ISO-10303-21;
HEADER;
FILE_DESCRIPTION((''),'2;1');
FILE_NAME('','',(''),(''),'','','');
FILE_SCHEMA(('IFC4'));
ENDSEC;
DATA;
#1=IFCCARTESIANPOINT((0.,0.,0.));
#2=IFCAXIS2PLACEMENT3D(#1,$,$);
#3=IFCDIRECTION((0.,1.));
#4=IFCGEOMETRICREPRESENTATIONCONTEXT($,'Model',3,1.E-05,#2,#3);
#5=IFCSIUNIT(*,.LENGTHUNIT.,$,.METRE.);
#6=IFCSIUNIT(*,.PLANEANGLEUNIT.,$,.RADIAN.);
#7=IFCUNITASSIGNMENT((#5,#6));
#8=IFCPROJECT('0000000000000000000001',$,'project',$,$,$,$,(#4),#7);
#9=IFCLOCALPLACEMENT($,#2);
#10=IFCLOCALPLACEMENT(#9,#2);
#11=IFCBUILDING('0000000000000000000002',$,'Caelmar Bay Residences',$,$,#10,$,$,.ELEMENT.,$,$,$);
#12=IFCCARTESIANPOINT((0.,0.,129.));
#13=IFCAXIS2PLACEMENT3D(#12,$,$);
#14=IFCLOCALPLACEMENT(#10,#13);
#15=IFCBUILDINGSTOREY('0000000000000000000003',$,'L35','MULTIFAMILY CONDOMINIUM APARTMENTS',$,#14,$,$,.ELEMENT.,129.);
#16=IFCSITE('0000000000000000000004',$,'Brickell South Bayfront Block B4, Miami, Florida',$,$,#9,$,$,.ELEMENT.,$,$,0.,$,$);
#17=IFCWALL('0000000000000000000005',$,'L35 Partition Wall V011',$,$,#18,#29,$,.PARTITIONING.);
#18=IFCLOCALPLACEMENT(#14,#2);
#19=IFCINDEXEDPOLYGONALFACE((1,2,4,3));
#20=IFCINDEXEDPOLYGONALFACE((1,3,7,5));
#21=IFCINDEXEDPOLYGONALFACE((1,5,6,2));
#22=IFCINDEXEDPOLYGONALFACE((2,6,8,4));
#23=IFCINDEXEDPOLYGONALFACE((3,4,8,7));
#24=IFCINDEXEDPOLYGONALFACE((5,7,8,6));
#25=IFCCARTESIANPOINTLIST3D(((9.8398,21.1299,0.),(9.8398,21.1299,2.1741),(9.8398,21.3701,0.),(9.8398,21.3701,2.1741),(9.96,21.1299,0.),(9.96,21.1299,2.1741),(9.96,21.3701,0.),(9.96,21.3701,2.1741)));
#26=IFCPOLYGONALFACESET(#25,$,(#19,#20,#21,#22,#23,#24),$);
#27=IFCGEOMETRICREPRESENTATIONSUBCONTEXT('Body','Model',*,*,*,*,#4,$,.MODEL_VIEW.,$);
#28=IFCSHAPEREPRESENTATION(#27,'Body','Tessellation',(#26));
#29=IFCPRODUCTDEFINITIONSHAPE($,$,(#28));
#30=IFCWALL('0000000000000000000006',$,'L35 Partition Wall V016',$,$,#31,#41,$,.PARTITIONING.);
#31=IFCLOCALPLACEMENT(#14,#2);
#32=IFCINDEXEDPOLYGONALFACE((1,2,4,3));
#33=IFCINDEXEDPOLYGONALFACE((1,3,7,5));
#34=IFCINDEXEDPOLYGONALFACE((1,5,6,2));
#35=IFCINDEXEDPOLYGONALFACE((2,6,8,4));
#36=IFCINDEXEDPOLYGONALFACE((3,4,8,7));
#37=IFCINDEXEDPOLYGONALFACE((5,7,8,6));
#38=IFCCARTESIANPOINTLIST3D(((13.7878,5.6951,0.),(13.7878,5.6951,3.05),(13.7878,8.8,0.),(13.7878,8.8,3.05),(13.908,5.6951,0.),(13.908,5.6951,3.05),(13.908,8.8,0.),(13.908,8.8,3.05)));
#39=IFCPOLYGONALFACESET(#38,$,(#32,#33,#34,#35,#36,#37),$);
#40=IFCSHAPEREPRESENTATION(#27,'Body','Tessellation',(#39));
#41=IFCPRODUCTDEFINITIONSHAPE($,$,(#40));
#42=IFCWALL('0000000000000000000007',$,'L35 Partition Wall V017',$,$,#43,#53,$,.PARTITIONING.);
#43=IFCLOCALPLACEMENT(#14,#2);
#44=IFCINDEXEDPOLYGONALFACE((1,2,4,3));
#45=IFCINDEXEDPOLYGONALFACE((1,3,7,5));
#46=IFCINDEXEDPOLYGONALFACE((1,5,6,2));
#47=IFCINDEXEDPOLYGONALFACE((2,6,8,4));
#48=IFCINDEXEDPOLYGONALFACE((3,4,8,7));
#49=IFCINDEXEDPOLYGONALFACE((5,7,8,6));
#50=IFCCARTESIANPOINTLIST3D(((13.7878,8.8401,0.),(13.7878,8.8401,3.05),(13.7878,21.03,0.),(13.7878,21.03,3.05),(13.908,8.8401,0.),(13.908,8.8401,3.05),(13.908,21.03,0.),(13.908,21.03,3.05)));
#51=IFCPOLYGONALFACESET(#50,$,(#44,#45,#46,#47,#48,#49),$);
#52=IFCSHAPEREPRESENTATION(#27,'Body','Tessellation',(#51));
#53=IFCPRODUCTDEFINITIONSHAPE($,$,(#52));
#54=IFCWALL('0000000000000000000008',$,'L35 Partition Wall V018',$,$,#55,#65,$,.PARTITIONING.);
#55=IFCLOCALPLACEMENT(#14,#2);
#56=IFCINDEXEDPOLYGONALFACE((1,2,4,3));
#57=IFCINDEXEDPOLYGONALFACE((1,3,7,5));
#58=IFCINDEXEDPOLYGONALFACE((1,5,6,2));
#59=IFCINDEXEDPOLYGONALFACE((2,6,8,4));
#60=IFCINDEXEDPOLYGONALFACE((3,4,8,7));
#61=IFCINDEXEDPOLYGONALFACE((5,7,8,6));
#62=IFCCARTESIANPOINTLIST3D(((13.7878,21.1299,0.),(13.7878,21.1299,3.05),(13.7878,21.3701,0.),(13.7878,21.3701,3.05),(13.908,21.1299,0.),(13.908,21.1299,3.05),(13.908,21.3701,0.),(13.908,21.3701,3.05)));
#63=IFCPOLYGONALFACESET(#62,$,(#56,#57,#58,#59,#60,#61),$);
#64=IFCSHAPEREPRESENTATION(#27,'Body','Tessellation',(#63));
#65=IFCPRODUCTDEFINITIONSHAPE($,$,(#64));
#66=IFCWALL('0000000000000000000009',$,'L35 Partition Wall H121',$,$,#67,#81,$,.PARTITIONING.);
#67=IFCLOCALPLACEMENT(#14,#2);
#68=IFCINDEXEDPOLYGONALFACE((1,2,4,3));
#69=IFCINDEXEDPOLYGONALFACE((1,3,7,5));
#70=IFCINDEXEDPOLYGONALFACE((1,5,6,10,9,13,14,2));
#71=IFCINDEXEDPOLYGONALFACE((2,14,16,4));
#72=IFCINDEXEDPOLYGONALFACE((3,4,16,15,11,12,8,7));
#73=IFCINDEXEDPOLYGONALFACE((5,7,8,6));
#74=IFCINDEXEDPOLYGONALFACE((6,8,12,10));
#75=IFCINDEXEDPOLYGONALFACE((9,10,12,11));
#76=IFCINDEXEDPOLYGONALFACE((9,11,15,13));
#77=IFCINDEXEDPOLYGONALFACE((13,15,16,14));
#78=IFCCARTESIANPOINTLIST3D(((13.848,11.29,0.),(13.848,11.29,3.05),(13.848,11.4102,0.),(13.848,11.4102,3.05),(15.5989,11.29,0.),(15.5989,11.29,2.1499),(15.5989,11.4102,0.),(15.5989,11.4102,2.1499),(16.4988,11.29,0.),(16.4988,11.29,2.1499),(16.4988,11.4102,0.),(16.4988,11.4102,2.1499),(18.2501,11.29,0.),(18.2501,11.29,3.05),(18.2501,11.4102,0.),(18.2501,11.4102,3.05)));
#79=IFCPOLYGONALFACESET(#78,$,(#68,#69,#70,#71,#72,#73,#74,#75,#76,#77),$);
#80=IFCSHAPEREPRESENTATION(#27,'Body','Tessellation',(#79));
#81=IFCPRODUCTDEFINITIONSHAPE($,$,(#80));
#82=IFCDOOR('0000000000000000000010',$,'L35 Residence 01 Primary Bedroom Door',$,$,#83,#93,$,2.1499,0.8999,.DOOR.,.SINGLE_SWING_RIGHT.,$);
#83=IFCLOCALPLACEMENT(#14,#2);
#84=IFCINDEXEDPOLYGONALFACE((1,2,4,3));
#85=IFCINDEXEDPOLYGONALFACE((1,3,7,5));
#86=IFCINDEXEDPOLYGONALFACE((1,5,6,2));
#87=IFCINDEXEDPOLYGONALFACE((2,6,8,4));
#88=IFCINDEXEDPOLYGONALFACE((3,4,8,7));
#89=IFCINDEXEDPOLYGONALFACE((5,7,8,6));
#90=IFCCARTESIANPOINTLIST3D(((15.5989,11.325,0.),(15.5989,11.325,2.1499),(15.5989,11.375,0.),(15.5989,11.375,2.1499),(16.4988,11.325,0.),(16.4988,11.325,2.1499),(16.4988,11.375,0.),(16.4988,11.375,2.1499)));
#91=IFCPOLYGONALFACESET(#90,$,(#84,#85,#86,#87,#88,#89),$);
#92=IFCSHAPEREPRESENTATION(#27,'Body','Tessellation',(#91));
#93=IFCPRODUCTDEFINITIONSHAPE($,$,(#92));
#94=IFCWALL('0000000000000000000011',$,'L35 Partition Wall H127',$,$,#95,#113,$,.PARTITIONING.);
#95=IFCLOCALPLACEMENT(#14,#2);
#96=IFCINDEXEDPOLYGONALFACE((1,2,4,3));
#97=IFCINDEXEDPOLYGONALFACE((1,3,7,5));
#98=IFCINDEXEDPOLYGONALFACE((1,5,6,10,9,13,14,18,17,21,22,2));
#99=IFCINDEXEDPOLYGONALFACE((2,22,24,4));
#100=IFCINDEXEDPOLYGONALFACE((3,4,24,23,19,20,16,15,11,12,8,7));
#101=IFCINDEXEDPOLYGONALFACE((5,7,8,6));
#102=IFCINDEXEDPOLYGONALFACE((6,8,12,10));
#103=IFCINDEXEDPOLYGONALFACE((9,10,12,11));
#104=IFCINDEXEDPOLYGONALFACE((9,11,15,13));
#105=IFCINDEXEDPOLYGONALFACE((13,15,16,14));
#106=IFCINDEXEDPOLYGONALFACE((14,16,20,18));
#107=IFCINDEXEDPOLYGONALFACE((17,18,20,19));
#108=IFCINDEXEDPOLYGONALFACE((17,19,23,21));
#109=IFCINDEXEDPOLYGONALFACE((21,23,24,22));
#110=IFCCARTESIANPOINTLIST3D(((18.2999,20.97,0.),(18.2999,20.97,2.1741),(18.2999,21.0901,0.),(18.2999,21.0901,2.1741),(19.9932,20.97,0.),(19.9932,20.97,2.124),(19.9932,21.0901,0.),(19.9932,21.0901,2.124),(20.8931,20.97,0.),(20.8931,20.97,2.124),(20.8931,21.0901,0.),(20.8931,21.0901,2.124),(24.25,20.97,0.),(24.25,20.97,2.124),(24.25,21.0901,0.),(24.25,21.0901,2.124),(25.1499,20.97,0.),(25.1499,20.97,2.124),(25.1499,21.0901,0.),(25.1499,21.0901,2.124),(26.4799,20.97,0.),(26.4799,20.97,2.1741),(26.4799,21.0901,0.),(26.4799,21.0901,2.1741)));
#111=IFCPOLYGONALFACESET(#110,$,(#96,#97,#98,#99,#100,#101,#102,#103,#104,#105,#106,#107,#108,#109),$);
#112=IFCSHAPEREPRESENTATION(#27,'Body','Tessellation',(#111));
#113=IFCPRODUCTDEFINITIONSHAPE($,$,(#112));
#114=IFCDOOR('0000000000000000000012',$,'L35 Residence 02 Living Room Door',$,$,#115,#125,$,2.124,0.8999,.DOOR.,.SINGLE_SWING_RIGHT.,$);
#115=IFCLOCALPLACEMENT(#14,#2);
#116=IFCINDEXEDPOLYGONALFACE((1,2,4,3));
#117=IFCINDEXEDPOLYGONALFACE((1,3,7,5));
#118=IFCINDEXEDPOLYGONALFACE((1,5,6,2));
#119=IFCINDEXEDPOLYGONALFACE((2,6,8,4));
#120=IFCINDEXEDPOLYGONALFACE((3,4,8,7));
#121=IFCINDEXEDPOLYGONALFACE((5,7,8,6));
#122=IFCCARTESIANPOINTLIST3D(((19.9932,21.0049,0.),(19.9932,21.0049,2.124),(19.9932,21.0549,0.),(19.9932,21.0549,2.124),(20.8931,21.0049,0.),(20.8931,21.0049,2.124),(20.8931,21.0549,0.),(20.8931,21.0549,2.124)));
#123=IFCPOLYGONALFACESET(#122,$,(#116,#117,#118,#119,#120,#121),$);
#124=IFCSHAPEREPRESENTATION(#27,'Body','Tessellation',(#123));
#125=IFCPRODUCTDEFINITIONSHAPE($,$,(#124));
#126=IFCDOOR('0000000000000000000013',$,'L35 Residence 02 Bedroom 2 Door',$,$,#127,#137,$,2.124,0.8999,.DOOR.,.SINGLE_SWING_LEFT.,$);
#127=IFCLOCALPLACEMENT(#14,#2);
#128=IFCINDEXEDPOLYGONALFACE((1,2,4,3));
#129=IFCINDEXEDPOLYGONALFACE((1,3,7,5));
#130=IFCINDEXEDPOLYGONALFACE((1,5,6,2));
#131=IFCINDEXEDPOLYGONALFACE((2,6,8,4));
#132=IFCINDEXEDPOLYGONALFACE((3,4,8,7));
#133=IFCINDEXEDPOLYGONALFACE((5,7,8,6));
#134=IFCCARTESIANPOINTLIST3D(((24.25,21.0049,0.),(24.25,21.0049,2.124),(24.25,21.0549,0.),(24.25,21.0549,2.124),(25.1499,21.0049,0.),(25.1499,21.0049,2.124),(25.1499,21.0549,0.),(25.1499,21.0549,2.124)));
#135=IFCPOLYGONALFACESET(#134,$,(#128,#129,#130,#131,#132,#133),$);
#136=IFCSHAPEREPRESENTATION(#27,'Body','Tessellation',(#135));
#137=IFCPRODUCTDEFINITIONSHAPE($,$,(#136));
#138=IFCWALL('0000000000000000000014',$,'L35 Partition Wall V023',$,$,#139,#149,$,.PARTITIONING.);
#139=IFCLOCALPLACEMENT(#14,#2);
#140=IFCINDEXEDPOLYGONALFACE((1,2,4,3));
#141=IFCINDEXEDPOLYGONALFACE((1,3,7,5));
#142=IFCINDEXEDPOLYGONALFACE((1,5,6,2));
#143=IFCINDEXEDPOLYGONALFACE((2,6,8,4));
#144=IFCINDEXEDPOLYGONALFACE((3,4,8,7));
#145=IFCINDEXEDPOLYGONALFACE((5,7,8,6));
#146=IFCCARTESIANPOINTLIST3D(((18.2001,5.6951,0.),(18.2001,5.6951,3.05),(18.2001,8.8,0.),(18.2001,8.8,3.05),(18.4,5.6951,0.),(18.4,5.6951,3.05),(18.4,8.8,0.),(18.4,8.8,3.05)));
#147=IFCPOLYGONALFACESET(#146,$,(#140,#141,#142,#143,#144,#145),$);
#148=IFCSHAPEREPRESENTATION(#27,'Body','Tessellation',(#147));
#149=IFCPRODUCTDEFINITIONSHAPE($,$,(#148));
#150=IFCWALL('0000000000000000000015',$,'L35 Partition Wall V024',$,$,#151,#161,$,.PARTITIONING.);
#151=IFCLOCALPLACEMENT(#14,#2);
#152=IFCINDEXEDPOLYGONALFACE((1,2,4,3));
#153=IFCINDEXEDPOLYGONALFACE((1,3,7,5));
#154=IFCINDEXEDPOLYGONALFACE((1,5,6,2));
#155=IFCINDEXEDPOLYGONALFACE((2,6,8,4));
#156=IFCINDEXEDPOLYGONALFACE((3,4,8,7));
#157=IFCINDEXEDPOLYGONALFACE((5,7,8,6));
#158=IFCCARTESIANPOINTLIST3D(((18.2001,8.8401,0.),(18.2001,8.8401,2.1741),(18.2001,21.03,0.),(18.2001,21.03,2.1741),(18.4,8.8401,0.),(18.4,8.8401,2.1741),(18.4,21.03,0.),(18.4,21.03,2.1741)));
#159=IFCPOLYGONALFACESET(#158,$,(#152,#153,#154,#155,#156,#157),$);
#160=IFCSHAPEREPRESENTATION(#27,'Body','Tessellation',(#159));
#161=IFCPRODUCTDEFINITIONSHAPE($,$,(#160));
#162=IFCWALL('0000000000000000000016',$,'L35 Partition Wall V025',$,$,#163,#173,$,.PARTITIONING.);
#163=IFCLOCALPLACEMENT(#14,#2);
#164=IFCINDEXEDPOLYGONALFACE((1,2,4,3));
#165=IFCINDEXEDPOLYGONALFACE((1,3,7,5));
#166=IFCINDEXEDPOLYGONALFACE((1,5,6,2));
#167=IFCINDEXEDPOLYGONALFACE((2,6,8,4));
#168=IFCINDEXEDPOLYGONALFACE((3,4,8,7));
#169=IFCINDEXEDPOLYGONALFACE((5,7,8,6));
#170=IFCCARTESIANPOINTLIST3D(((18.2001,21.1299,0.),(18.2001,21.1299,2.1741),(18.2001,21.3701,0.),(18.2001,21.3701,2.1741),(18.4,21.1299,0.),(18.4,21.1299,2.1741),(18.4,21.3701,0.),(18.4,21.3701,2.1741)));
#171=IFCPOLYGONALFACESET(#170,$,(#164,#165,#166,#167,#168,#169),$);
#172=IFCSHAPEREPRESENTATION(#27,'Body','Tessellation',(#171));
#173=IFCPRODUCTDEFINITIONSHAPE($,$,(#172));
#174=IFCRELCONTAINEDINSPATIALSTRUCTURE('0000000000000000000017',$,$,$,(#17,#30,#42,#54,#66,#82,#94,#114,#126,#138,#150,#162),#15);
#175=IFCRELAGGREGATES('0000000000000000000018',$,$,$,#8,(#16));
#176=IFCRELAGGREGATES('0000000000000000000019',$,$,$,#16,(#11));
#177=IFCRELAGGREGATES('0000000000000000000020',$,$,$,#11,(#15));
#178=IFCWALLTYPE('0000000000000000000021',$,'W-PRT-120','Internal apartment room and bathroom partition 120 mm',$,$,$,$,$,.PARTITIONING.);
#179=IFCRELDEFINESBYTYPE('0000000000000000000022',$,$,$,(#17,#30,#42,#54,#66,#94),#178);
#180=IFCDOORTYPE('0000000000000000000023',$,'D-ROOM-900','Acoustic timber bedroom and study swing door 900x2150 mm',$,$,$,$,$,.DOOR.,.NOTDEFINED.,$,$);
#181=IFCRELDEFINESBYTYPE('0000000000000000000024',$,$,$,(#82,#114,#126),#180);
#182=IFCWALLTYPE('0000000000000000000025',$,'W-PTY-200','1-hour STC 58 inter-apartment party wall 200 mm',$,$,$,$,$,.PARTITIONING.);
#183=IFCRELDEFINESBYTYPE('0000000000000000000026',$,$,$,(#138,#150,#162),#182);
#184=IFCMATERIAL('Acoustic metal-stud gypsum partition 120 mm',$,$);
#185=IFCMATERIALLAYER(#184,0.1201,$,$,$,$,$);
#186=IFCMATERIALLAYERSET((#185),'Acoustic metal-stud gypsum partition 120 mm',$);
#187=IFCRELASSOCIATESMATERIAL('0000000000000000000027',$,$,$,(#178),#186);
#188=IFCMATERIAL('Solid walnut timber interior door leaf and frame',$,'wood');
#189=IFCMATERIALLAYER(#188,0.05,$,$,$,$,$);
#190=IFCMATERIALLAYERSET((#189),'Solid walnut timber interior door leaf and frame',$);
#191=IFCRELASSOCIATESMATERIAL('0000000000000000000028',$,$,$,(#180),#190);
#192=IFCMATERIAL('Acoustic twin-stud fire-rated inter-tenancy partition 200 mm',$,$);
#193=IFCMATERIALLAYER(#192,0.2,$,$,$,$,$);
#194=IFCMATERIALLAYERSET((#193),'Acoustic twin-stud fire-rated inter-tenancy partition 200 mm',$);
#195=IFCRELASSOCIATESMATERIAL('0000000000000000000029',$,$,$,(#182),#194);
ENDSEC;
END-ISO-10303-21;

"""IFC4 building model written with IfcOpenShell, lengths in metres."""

from ifc_helpers import new_model, si_unit, direction, frame, frame_2d, origin, place, context, subcontext, project, spatial, rectangle, extrude, material, layer, layer_set, type_object, element, fill, save


model = new_model("IFC4")

# Units and contexts
model_context = context("Model", 3, precision=1e-05, world=origin(), true_north=direction((0.0, 1.0)))
body_context = subcontext(model_context, "Body", "Model", "MODEL_VIEW")
ifc_project = project(units=[si_unit("LENGTHUNIT", "METRE"), si_unit("PLANEANGLEUNIT", "RADIAN")], contexts=[model_context])

# Site, building, storey
site_placement = place(None, origin())
site = spatial("IfcSite", under=ifc_project, at=site_placement, Name="Brickell South Bayfront Block B4, Miami, Florida", CompositionType="ELEMENT", RefElevation=0.0)
building_placement = place(site_placement, origin())
building = spatial("IfcBuilding", under=site, at=building_placement, Name="Caelmar Bay Residences", CompositionType="ELEMENT")
storey_placement = place(building_placement, frame((0.0, 0.0, 129.0)))
storey = spatial("IfcBuildingStorey", under=building, at=storey_placement, Name="L35", Description="MULTIFAMILY CONDOMINIUM APARTMENTS", CompositionType="ELEMENT", Elevation=129.0)

# Shared definitions
ifc_material_1 = material(Name="Acoustic metal-stud gypsum partition 120 mm")
ifc_layer_1 = layer(ifc_material_1, 0.1201)
ifc_layer_set_1 = layer_set([ifc_layer_1], Name="Acoustic metal-stud gypsum partition 120 mm")
wall_type_1 = type_object("IfcWallType", Name="W-PRT-120", Description="Internal apartment room and bathroom partition 120 mm", PredefinedType="PARTITIONING", material=ifc_layer_set_1)
ifc_material_2 = material(Name="Solid walnut timber interior door leaf and frame", Category="wood")
ifc_layer_2 = layer(ifc_material_2, 0.05)
ifc_layer_set_2 = layer_set([ifc_layer_2], Name="Solid walnut timber interior door leaf and frame")
door_type = type_object("IfcDoorType", Name="D-ROOM-900", Description="Acoustic timber bedroom and study swing door 900x2150 mm", OperationType="NOTDEFINED", PredefinedType="DOOR", material=ifc_layer_set_2)

# Walls
wall_1_placement = place(storey_placement, frame((9.8999, 21.1299, 0.0), z_axis=(0.0, 0.0, 1.0), x_axis=(0.0, 1.0, 0.0)))
element("IfcWall", 1, at=wall_1_placement, inside=storey, type_object=wall_type_1, Name="L35 Partition Wall V011", PredefinedType="PARTITIONING", context=body_context, shape_type="SweptSolid", body=[
    extrude(rectangle(XDim=0.2402, YDim=0.1201, at=frame_2d((0.1201, 0.0))), origin(), (0.0, 0.0, 1.0), 2.1741),
])
wall_2_placement = place(storey_placement, frame((13.8479, 5.6951, 0.0), z_axis=(0.0, 0.0, 1.0), x_axis=(0.0, 1.0, 0.0)))
element("IfcWall", 2, at=wall_2_placement, inside=storey, type_object=wall_type_1, Name="L35 Partition Wall V016", PredefinedType="PARTITIONING", context=body_context, shape_type="SweptSolid", body=[
    extrude(rectangle(XDim=3.105, YDim=0.1201, at=frame_2d((1.5525, 0.0))), origin(), (0.0, 0.0, 1.0), 3.05),
])
wall_3_placement = place(storey_placement, frame((13.8479, 8.8401, 0.0), z_axis=(0.0, 0.0, 1.0), x_axis=(0.0, 1.0, 0.0)))
element("IfcWall", 3, at=wall_3_placement, inside=storey, type_object=wall_type_1, Name="L35 Partition Wall V017", PredefinedType="PARTITIONING", context=body_context, shape_type="SweptSolid", body=[
    extrude(rectangle(XDim=12.1899, YDim=0.1201, at=frame_2d((6.095, 0.0))), origin(), (0.0, 0.0, 1.0), 3.05),
])
wall_4_placement = place(storey_placement, frame((13.8479, 21.1299, 0.0), z_axis=(0.0, 0.0, 1.0), x_axis=(0.0, 1.0, 0.0)))
element("IfcWall", 4, at=wall_4_placement, inside=storey, type_object=wall_type_1, Name="L35 Partition Wall V018", PredefinedType="PARTITIONING", context=body_context, shape_type="SweptSolid", body=[
    extrude(rectangle(XDim=0.2402, YDim=0.1201, at=frame_2d((0.1201, 0.0))), origin(), (0.0, 0.0, 1.0), 3.05),
])

# Wall, opening, door
wall_5_placement = place(storey_placement, frame((13.8479, 11.3501, 0.0), z_axis=(0.0, 0.0, 1.0), x_axis=(1.0, 0.0, 0.0)))
wall_5 = element("IfcWall", 5, at=wall_5_placement, inside=storey, type_object=wall_type_1, Name="L35 Partition Wall H121", PredefinedType="PARTITIONING", context=body_context, shape_type="SweptSolid", body=[
    extrude(rectangle(XDim=4.4021, YDim=0.1201, at=frame_2d((2.2012, 0.0))), origin(), (0.0, 0.0, 1.0), 3.05),
])
opening_1_placement = place(wall_5_placement, frame((1.751, 0.0, 0.0)))
opening_1 = element("IfcOpeningElement", 6, at=opening_1_placement, cuts=wall_5, PredefinedType="OPENING", context=body_context, shape_type="SweptSolid", body=[
    extrude(rectangle(XDim=0.8999, YDim=2.1499, at=frame_2d((0.45, 1.075))), frame((0.0, 0.0701, 0.0), z_axis=(0.0, -1.0, 0.0), x_axis=(1.0, 0.0, 0.0)), (0.0, 0.0, 1.0), 0.1401),
])
door_1_placement = place(opening_1_placement, origin())
door_1 = element("IfcDoor", 7, at=door_1_placement, inside=storey, type_object=door_type, Name="L35 Residence 01 Primary Bedroom Door", OperationType="SINGLE_SWING_RIGHT", OverallHeight=2.1499, OverallWidth=0.8999, PredefinedType="DOOR", context=body_context, shape_type="SweptSolid", body=[
    extrude(rectangle(XDim=0.8999, YDim=2.1499, at=frame_2d((0.45, 1.075))), frame((0.0, 0.0249, 0.0), z_axis=(0.0, -1.0, 0.0), x_axis=(1.0, 0.0, 0.0)), (0.0, 0.0, 1.0), 0.05),
])
fill(opening_1, door_1)

# Wall, openings, doors
wall_6_placement = place(storey_placement, frame((18.3, 21.03, 0.0), z_axis=(0.0, 0.0, 1.0), x_axis=(1.0, 0.0, 0.0)))
wall_6 = element("IfcWall", 8, at=wall_6_placement, inside=storey, type_object=wall_type_1, Name="L35 Partition Wall H127", PredefinedType="PARTITIONING", context=body_context, shape_type="SweptSolid", body=[
    extrude(rectangle(XDim=8.1799, YDim=0.1201, at=frame_2d((4.0898, 0.0))), origin(), (0.0, 0.0, 1.0), 2.1741),
])
opening_2_placement = place(wall_6_placement, frame((1.6931, 0.0, 0.0)))
opening_2 = element("IfcOpeningElement", 9, at=opening_2_placement, cuts=wall_6, PredefinedType="OPENING", context=body_context, shape_type="SweptSolid", body=[
    extrude(rectangle(XDim=0.8999, YDim=2.124, at=frame_2d((0.45, 1.062))), frame((0.0, 0.0701, 0.0), z_axis=(0.0, -1.0, 0.0), x_axis=(1.0, 0.0, 0.0)), (0.0, 0.0, 1.0), 0.1401),
])
opening_3_placement = place(wall_6_placement, frame((5.95, 0.0, 0.0)))
opening_3 = element("IfcOpeningElement", 10, at=opening_3_placement, cuts=wall_6, PredefinedType="OPENING", context=body_context, shape_type="SweptSolid", body=[
    extrude(rectangle(XDim=0.8999, YDim=2.124, at=frame_2d((0.45, 1.062))), frame((0.0, 0.0701, 0.0), z_axis=(0.0, -1.0, 0.0), x_axis=(1.0, 0.0, 0.0)), (0.0, 0.0, 1.0), 0.1401),
])
door_2_placement = place(opening_2_placement, origin())
door_2 = element("IfcDoor", 11, at=door_2_placement, inside=storey, type_object=door_type, Name="L35 Residence 02 Living Room Door", OperationType="SINGLE_SWING_RIGHT", OverallHeight=2.124, OverallWidth=0.8999, PredefinedType="DOOR", context=body_context, shape_type="SweptSolid", body=[
    extrude(rectangle(XDim=0.8999, YDim=2.124, at=frame_2d((0.45, 1.062))), frame((0.0, 0.0249, 0.0), z_axis=(0.0, -1.0, 0.0), x_axis=(1.0, 0.0, 0.0)), (0.0, 0.0, 1.0), 0.05),
])
fill(opening_2, door_2)
door_3_placement = place(opening_3_placement, origin())
door_3 = element("IfcDoor", 12, at=door_3_placement, inside=storey, type_object=door_type, Name="L35 Residence 02 Bedroom 2 Door", OperationType="SINGLE_SWING_LEFT", OverallHeight=2.124, OverallWidth=0.8999, PredefinedType="DOOR", context=body_context, shape_type="SweptSolid", body=[
    extrude(rectangle(XDim=0.8999, YDim=2.124, at=frame_2d((0.45, 1.062))), frame((0.0, 0.0249, 0.0), z_axis=(0.0, -1.0, 0.0), x_axis=(1.0, 0.0, 0.0)), (0.0, 0.0, 1.0), 0.05),
])
fill(opening_3, door_3)

# Walls
ifc_material_3 = material(Name="Acoustic twin-stud fire-rated inter-tenancy partition 200 mm")
ifc_layer_3 = layer(ifc_material_3, 0.2)
ifc_layer_set_3 = layer_set([ifc_layer_3], Name="Acoustic twin-stud fire-rated inter-tenancy partition 200 mm")
wall_type_2 = type_object("IfcWallType", Name="W-PTY-200", Description="1-hour STC 58 inter-apartment party wall 200 mm", PredefinedType="PARTITIONING", material=ifc_layer_set_3)
wall_7_placement = place(storey_placement, frame((18.3, 5.6951, 0.0), z_axis=(0.0, 0.0, 1.0), x_axis=(0.0, 1.0, 0.0)))
element("IfcWall", 13, at=wall_7_placement, inside=storey, type_object=wall_type_2, Name="L35 Partition Wall V023", PredefinedType="PARTITIONING", context=body_context, shape_type="SweptSolid", body=[
    extrude(rectangle(XDim=3.105, YDim=0.2, at=frame_2d((1.5525, 0.0))), origin(), (0.0, 0.0, 1.0), 3.05),
])
wall_8_placement = place(storey_placement, frame((18.3, 8.8401, 0.0), z_axis=(0.0, 0.0, 1.0), x_axis=(0.0, 1.0, 0.0)))
element("IfcWall", 14, at=wall_8_placement, inside=storey, type_object=wall_type_2, Name="L35 Partition Wall V024", PredefinedType="PARTITIONING", context=body_context, shape_type="SweptSolid", body=[
    extrude(rectangle(XDim=12.1899, YDim=0.2, at=frame_2d((6.095, 0.0))), origin(), (0.0, 0.0, 1.0), 2.1741),
])
wall_9_placement = place(storey_placement, frame((18.3, 21.1299, 0.0), z_axis=(0.0, 0.0, 1.0), x_axis=(0.0, 1.0, 0.0)))
element("IfcWall", 15, at=wall_9_placement, inside=storey, type_object=wall_type_2, Name="L35 Partition Wall V025", PredefinedType="PARTITIONING", context=body_context, shape_type="SweptSolid", body=[
    extrude(rectangle(XDim=0.2402, YDim=0.2, at=frame_2d((0.1201, 0.0))), origin(), (0.0, 0.0, 1.0), 2.1741),
])

save(model, "model.ifc")
